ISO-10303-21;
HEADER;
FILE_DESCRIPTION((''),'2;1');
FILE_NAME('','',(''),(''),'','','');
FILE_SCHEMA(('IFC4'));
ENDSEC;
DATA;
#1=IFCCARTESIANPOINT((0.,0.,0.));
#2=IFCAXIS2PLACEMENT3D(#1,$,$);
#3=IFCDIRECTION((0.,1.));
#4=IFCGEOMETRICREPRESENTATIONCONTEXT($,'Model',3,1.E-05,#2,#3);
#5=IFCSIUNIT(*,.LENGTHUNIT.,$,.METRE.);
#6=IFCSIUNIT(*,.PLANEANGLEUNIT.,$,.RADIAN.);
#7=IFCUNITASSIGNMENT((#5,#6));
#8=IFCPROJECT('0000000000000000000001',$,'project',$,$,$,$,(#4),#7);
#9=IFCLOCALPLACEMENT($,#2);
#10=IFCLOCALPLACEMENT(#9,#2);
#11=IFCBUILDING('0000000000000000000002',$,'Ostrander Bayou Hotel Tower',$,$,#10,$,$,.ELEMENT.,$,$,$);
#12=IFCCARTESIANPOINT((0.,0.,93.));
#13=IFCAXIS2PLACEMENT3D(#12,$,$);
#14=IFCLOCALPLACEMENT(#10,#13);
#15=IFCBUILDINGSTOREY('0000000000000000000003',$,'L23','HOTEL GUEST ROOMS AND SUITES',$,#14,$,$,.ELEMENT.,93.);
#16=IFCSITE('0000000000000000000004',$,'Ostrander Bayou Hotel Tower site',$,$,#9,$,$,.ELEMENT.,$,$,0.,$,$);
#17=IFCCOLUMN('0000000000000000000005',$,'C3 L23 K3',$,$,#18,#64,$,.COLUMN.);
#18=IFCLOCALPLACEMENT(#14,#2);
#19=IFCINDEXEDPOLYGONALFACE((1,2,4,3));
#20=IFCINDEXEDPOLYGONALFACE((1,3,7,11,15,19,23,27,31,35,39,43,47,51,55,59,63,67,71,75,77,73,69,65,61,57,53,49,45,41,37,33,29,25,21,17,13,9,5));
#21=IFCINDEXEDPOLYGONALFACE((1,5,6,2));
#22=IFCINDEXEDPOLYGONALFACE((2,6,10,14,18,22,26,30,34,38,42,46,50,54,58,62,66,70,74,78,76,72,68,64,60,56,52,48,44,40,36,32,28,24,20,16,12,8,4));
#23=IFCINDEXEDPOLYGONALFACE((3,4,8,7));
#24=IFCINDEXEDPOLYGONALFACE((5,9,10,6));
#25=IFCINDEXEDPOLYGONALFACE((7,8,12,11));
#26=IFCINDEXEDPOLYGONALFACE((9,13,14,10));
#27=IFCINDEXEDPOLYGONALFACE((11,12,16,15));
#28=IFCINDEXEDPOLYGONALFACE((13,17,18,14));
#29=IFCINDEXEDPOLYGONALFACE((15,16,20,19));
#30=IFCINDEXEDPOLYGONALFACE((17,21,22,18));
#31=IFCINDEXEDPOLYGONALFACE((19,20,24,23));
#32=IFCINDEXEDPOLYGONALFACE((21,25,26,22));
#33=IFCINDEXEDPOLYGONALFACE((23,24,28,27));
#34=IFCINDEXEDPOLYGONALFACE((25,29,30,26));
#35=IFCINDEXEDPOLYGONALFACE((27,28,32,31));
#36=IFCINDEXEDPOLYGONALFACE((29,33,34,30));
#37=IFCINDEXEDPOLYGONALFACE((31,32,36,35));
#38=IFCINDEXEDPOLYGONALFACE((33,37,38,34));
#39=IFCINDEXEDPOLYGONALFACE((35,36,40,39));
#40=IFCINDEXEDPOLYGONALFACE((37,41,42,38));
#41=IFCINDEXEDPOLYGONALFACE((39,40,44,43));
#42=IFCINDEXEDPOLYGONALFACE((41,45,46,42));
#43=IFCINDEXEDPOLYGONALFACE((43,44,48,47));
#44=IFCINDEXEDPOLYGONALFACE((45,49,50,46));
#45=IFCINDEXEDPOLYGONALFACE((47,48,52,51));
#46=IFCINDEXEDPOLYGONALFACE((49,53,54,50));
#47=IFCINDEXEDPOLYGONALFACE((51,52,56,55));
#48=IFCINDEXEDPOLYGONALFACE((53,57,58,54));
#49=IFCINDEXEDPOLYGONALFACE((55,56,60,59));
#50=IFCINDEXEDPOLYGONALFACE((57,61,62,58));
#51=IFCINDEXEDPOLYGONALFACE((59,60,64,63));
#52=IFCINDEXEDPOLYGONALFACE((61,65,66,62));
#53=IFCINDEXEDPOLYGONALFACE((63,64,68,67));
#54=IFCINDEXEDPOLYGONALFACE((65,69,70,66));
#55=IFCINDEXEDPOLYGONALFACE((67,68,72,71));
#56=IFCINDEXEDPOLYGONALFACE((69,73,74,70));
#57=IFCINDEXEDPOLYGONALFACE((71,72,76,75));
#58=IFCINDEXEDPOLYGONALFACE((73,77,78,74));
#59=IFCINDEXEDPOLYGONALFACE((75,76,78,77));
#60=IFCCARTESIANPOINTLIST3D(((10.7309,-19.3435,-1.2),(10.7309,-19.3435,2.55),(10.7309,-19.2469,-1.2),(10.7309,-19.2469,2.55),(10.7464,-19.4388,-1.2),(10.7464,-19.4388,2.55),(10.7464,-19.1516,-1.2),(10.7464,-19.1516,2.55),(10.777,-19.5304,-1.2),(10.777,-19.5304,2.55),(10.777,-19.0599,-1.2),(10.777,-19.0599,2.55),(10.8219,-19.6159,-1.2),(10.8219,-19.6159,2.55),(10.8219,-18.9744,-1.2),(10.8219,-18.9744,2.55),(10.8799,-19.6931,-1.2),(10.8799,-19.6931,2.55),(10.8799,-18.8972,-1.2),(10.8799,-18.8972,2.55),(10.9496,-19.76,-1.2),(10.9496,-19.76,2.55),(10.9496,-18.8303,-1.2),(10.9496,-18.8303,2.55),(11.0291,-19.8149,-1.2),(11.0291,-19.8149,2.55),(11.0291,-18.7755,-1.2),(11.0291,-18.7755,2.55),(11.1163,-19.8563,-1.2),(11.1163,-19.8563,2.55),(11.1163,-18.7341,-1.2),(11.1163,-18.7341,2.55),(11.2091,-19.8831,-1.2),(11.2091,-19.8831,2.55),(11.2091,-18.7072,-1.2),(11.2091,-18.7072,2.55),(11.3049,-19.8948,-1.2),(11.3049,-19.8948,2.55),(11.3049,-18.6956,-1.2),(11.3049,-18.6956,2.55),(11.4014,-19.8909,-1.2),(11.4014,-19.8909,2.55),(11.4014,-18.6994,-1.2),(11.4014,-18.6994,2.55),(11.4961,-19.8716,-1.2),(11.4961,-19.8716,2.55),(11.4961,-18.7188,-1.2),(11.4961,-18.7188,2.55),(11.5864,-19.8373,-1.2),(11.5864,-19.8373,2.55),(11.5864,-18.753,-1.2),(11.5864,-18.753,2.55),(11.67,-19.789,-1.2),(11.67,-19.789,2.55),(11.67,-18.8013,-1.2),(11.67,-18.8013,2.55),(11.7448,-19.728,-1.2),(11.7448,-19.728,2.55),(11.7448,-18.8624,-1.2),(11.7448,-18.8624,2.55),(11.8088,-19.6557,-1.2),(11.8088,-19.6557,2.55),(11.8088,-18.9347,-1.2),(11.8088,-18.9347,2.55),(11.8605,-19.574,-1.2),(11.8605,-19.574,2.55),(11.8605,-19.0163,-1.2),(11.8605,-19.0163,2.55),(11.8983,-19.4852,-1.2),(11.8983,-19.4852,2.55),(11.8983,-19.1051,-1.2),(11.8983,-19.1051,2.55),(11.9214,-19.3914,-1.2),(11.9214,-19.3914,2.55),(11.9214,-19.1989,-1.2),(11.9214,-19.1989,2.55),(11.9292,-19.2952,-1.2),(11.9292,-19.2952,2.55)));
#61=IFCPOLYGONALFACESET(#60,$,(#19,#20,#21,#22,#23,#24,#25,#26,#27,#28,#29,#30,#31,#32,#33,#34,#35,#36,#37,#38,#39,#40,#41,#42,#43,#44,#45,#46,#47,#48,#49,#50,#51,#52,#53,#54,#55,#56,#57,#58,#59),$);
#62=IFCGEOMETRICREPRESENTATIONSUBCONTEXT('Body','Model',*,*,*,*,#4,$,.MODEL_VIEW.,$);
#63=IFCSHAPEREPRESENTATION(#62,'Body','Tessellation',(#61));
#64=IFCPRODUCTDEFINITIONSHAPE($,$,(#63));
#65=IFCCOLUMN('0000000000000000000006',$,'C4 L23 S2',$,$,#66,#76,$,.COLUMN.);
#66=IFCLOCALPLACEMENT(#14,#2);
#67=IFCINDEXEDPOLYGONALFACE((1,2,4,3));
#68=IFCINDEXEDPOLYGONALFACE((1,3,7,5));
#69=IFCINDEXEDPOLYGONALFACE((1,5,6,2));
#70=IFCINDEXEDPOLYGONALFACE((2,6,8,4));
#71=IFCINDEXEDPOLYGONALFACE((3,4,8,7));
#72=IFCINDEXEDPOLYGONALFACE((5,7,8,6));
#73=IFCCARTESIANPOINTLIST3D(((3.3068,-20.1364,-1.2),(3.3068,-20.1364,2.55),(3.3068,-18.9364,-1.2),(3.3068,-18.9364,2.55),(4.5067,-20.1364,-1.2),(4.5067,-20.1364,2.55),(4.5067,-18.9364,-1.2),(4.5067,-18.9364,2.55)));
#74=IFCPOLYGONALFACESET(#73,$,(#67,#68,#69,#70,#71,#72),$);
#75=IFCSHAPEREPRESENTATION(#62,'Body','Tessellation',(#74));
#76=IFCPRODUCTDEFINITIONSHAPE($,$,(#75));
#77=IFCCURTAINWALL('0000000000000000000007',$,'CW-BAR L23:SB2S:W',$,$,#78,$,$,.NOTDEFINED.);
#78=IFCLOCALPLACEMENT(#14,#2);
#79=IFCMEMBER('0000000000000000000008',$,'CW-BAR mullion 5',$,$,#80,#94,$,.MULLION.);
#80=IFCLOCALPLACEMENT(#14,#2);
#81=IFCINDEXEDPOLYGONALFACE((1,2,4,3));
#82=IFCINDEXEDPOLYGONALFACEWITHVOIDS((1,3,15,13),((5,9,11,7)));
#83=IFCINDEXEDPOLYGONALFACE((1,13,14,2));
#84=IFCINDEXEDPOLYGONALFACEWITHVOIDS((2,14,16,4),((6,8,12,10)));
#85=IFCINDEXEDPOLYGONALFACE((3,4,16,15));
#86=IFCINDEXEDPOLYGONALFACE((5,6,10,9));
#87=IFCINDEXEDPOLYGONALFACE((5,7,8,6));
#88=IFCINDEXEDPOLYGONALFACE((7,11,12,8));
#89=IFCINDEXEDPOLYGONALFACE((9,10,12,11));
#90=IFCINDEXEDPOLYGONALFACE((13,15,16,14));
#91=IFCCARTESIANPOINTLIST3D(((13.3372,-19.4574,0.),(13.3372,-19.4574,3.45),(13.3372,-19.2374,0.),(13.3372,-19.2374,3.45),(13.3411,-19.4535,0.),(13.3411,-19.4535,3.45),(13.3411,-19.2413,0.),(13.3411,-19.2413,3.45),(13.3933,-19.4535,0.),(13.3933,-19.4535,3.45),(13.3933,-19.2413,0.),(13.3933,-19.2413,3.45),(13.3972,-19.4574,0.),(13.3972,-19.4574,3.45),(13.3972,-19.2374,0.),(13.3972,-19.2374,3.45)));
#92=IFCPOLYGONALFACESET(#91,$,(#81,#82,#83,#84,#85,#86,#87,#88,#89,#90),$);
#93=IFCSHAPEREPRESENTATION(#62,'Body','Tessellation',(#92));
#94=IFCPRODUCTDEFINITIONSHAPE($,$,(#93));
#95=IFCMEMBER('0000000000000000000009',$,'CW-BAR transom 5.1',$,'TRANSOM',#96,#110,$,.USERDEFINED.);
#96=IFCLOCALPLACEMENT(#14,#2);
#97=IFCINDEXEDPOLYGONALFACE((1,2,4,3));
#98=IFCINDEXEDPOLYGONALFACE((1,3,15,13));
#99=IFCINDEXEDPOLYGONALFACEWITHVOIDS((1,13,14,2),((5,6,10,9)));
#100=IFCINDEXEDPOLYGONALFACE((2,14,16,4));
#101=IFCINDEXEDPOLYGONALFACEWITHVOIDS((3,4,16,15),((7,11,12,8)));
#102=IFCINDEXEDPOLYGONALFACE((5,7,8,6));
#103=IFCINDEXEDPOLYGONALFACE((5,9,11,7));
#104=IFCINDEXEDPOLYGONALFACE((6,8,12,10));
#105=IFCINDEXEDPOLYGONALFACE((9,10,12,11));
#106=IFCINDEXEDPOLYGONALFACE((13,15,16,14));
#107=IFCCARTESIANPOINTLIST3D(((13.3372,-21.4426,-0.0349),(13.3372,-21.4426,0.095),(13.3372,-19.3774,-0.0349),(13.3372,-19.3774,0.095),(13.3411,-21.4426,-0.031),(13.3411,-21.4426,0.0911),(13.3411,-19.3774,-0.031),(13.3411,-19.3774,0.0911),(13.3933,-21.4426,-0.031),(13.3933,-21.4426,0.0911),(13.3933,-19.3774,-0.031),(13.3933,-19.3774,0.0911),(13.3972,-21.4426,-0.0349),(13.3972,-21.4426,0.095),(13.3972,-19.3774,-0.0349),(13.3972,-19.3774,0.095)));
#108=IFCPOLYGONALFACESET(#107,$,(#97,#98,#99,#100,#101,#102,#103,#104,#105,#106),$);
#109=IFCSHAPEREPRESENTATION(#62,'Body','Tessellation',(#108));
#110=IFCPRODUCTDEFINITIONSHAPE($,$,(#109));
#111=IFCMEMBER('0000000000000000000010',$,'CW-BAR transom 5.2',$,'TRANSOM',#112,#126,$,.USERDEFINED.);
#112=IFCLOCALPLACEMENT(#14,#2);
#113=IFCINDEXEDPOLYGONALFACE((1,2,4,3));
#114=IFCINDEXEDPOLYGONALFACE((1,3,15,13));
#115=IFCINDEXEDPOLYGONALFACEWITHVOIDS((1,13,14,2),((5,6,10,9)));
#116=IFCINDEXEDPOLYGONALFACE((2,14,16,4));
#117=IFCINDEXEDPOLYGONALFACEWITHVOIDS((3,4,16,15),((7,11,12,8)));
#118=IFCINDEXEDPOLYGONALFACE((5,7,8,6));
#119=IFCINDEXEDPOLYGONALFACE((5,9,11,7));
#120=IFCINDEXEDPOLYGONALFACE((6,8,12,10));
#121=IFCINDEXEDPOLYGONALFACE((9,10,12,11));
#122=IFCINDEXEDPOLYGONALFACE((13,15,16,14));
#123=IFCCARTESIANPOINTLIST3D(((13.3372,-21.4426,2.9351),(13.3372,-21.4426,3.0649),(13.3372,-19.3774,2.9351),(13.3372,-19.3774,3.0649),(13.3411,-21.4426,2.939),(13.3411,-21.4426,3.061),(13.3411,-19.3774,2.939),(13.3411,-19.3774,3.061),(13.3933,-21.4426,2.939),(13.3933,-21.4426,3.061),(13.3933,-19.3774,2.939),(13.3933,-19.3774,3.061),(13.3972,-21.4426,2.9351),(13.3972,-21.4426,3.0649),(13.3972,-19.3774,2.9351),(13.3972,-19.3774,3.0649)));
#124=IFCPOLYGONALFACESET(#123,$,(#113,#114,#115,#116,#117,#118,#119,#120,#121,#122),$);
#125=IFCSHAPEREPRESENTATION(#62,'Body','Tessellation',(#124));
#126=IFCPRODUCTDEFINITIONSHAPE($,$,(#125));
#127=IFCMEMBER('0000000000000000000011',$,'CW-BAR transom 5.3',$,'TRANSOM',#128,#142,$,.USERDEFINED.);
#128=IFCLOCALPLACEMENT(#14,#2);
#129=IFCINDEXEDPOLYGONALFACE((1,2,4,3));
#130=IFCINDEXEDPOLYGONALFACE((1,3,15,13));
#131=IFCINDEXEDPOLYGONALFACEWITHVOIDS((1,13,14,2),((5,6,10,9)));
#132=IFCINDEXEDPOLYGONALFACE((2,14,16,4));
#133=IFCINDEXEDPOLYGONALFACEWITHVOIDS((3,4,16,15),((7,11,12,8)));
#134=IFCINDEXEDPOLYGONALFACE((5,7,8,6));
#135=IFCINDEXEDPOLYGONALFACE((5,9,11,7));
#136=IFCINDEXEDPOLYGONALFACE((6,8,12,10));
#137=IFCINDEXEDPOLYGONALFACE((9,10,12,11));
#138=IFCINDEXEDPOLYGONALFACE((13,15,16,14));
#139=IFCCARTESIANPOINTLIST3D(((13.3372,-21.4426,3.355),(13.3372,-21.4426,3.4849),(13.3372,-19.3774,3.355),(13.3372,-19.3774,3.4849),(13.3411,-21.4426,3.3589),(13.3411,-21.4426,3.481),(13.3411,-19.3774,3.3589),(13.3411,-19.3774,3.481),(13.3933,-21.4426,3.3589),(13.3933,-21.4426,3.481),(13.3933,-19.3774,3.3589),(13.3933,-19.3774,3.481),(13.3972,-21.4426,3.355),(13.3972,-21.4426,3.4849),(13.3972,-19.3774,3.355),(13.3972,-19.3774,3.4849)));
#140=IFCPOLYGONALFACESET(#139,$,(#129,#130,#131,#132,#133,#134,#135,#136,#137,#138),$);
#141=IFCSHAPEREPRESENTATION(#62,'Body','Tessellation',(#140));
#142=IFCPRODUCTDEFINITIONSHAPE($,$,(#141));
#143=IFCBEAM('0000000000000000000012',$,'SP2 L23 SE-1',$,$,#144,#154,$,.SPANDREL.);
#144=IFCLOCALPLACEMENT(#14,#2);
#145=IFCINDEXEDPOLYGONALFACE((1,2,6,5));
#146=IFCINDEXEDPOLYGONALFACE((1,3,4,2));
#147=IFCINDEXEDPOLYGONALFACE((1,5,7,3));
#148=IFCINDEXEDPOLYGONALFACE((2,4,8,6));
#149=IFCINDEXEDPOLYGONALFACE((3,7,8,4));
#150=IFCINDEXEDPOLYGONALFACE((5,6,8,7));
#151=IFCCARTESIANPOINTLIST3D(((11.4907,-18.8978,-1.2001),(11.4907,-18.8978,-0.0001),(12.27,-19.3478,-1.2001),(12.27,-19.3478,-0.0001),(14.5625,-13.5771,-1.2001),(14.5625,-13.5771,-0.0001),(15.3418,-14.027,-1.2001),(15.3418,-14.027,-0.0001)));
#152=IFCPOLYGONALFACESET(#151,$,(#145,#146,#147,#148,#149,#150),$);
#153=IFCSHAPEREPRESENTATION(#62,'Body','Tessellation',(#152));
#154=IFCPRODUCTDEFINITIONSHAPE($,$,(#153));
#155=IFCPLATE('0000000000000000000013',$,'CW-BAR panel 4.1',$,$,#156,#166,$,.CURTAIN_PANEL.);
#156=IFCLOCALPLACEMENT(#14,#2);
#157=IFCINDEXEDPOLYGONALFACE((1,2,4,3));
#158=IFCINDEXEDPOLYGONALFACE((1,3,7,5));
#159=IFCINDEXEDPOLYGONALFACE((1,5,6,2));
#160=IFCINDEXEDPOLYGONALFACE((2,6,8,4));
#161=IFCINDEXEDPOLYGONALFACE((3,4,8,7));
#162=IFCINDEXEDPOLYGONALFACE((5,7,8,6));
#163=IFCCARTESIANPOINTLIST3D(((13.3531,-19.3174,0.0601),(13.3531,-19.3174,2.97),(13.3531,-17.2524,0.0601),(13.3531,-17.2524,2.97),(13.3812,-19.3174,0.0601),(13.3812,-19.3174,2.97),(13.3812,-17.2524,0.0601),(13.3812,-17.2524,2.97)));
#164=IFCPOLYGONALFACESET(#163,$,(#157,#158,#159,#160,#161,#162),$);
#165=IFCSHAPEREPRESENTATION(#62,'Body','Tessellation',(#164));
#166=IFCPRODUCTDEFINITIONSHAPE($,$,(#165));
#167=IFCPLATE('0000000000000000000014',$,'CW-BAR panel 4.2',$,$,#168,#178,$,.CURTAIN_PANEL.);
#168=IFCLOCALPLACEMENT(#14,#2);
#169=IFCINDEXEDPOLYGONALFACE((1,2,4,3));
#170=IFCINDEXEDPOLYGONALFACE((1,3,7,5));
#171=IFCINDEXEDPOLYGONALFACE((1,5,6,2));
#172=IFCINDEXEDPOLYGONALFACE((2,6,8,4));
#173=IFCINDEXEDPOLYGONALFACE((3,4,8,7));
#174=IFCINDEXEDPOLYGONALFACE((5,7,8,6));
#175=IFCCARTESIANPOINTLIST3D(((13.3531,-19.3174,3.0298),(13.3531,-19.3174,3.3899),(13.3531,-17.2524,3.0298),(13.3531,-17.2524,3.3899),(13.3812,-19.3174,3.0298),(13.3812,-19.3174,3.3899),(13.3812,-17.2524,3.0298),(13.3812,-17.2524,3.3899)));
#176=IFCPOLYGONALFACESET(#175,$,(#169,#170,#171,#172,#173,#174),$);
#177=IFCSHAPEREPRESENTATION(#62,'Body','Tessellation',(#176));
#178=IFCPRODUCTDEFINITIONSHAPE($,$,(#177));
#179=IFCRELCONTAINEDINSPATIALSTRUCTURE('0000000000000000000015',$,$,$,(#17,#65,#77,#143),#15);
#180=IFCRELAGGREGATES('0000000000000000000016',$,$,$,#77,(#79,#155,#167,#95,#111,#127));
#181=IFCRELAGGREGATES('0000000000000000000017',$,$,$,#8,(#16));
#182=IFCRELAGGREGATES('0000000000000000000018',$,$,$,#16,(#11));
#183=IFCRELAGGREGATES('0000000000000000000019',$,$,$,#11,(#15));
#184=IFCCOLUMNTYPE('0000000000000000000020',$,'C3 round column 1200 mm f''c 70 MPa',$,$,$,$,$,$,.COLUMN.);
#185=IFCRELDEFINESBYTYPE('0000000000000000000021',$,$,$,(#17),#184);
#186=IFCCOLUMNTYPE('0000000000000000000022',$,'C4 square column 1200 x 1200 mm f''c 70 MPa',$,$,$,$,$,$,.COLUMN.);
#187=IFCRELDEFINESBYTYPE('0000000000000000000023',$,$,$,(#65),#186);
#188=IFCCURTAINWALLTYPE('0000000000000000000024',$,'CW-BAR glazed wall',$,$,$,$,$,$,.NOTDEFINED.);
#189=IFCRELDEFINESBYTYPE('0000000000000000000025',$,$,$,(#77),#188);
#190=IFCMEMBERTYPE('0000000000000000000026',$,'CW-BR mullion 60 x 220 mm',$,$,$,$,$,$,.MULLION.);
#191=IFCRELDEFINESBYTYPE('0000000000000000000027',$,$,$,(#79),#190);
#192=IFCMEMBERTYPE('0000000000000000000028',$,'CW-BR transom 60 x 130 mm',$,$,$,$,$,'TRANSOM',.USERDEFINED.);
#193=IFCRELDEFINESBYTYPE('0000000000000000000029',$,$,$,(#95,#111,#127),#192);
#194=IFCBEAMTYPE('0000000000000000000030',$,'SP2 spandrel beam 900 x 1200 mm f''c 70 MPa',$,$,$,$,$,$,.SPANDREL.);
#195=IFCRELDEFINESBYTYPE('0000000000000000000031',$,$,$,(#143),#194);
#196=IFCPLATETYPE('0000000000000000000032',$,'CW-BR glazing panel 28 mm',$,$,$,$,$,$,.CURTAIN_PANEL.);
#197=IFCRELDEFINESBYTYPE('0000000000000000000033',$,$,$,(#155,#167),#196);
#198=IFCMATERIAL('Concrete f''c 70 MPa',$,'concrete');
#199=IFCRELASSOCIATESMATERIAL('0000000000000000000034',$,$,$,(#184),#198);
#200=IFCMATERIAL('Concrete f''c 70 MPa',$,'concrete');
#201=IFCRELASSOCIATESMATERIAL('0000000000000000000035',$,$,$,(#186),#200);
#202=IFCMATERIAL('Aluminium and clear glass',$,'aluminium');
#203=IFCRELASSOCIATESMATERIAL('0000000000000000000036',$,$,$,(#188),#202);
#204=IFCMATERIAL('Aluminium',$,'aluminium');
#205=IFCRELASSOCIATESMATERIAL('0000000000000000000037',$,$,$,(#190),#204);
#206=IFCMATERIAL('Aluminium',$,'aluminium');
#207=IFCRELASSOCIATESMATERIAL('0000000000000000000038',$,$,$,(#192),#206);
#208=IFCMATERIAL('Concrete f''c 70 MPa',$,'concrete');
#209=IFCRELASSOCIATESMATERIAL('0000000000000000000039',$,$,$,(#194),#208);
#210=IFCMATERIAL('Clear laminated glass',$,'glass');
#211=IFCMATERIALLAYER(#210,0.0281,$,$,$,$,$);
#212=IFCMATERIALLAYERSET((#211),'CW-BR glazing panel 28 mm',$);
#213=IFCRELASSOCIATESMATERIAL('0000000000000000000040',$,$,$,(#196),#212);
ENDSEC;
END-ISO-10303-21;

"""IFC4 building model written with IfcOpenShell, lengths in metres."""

from ifc_helpers import new_model, si_unit, direction, frame, origin, origin_2d, place, context, subcontext, project, spatial, rectangle, hollow_rectangle, circle, extrude, material, layer, layer_set, material_profile, profile_set, type_object, element, aggregate, save


model = new_model("IFC4")

# Units and contexts
model_context = context("Model", 3, precision=1e-05, world=origin(), true_north=direction((0.0, 1.0)))
body_context = subcontext(model_context, "Body", "Model", "MODEL_VIEW")
ifc_project = project(units=[si_unit("LENGTHUNIT", "METRE"), si_unit("PLANEANGLEUNIT", "RADIAN")], contexts=[model_context])

# Site, building, storey
site_placement = place(None, origin())
site = spatial("IfcSite", under=ifc_project, at=site_placement, Name="Ostrander Bayou Hotel Tower site", CompositionType="ELEMENT", RefElevation=0.0)
building_placement = place(site_placement, origin())
building = spatial("IfcBuilding", under=site, at=building_placement, Name="Ostrander Bayou Hotel Tower", CompositionType="ELEMENT")
storey_placement = place(building_placement, frame((0.0, 0.0, 93.0)))
storey = spatial("IfcBuildingStorey", under=building, at=storey_placement, Name="L23", Description="HOTEL GUEST ROOMS AND SUITES", CompositionType="ELEMENT", Elevation=93.0)

# Columns
ifc_material_1 = material(Name="Concrete f'c 70 MPa", Category="concrete")
ifc_material_profile_1 = material_profile(ifc_material_1, circle(Radius=0.6001, at=origin_2d()))
ifc_profile_set_1 = profile_set([ifc_material_profile_1], Name="Concrete f'c 70 MPa")
column_type_1 = type_object("IfcColumnType", Name="C3 round column 1200 mm f'c 70 MPa", PredefinedType="COLUMN", material=ifc_profile_set_1)
column_1_placement = place(storey_placement, frame((11.3291, -19.2952, -1.2), z_axis=(0.0, 0.0, 1.0), x_axis=(1.0, 0.0, 0.0)))
element("IfcColumn", 1, at=column_1_placement, inside=storey, type_object=column_type_1, Name="C3 L23 K3", PredefinedType="COLUMN", context=body_context, shape_type="SweptSolid", body=[
    extrude(circle(Radius=0.6001, at=origin_2d()), origin(), (0.0, 0.0, 1.0), 3.75),
])
ifc_material_2 = material(Name="Concrete f'c 70 MPa", Category="concrete")
ifc_material_profile_2 = material_profile(ifc_material_2, rectangle(XDim=1.2, YDim=1.2, at=origin_2d()))
ifc_profile_set_2 = profile_set([ifc_material_profile_2], Name="Concrete f'c 70 MPa")
column_type_2 = type_object("IfcColumnType", Name="C4 square column 1200 x 1200 mm f'c 70 MPa", PredefinedType="COLUMN", material=ifc_profile_set_2)
column_2_placement = place(storey_placement, frame((3.9067, -19.5364, -1.2), z_axis=(0.0, 0.0, 1.0), x_axis=(-1.0, 0.0, 0.0)))
element("IfcColumn", 2, at=column_2_placement, inside=storey, type_object=column_type_2, Name="C4 L23 S2", PredefinedType="COLUMN", context=body_context, shape_type="SweptSolid", body=[
    extrude(rectangle(XDim=1.2, YDim=1.2, at=origin_2d()), origin(), (0.0, 0.0, 1.0), 3.75),
])

# Curtain wall, members
ifc_material_3 = material(Name="Aluminium and clear glass", Category="aluminium")
curtain_wall_type = type_object("IfcCurtainWallType", Name="CW-BAR glazed wall", PredefinedType="NOTDEFINED", material=ifc_material_3)
curtain_wall_placement = place(storey_placement, origin())
curtain_wall = element("IfcCurtainWall", 3, at=curtain_wall_placement, inside=storey, type_object=curtain_wall_type, Name="CW-BAR L23:SB2S:W", PredefinedType="NOTDEFINED")
ifc_material_4 = material(Name="Aluminium", Category="aluminium")
ifc_material_profile_3 = material_profile(ifc_material_4, hollow_rectangle(XDim=0.0601, YDim=0.22, WallThickness=0.0039, at=origin_2d()))
ifc_profile_set_3 = profile_set([ifc_material_profile_3], Name="Aluminium")
member_type_1 = type_object("IfcMemberType", Name="CW-BR mullion 60 x 220 mm", PredefinedType="MULLION", material=ifc_profile_set_3)
member_1_placement = place(storey_placement, frame((13.3672, -19.3474, 0.0), z_axis=(0.0, 0.0, 1.0), x_axis=(1.0, 0.0, 0.0)))
member_1 = element("IfcMember", 4, at=member_1_placement, type_object=member_type_1, Name="CW-BAR mullion 5", PredefinedType="MULLION", context=body_context, shape_type="SweptSolid", body=[
    extrude(hollow_rectangle(XDim=0.0601, YDim=0.22, WallThickness=0.0039, at=origin_2d()), origin(), (0.0, 0.0, 1.0), 3.45),
])
ifc_material_5 = material(Name="Aluminium", Category="aluminium")
ifc_material_profile_4 = material_profile(ifc_material_5, hollow_rectangle(XDim=0.0601, YDim=0.1299, WallThickness=0.0039, at=origin_2d()))
ifc_profile_set_4 = profile_set([ifc_material_profile_4], Name="Aluminium")
member_type_2 = type_object("IfcMemberType", Name="CW-BR transom 60 x 130 mm", ElementType="TRANSOM", PredefinedType="USERDEFINED", material=ifc_profile_set_4)
member_2_placement = place(storey_placement, frame((13.3672, -19.3774, 0.03), z_axis=(0.0, -1.0, 0.0), x_axis=(1.0, 0.0, 0.0)))
member_2 = element("IfcMember", 5, at=member_2_placement, type_object=member_type_2, Name="CW-BAR transom 5.1", ObjectType="TRANSOM", PredefinedType="USERDEFINED", context=body_context, shape_type="SweptSolid", body=[
    extrude(hollow_rectangle(XDim=0.0601, YDim=0.1299, WallThickness=0.0039, at=origin_2d()), origin(), (0.0, 0.0, 1.0), 2.0652),
])
member_3_placement = place(storey_placement, frame((13.3672, -19.3774, 3.0), z_axis=(0.0, -1.0, 0.0), x_axis=(1.0, 0.0, 0.0)))
member_3 = element("IfcMember", 6, at=member_3_placement, type_object=member_type_2, Name="CW-BAR transom 5.2", ObjectType="TRANSOM", PredefinedType="USERDEFINED", context=body_context, shape_type="SweptSolid", body=[
    extrude(hollow_rectangle(XDim=0.0601, YDim=0.1299, WallThickness=0.0039, at=origin_2d()), origin(), (0.0, 0.0, 1.0), 2.0652),
])
member_4_placement = place(storey_placement, frame((13.3672, -19.3774, 3.4199), z_axis=(0.0, -1.0, 0.0), x_axis=(1.0, 0.0, 0.0)))
member_4 = element("IfcMember", 7, at=member_4_placement, type_object=member_type_2, Name="CW-BAR transom 5.3", ObjectType="TRANSOM", PredefinedType="USERDEFINED", context=body_context, shape_type="SweptSolid", body=[
    extrude(hollow_rectangle(XDim=0.0601, YDim=0.1299, WallThickness=0.0039, at=origin_2d()), origin(), (0.0, 0.0, 1.0), 2.0652),
])

# Beam
ifc_material_6 = material(Name="Concrete f'c 70 MPa", Category="concrete")
ifc_material_profile_5 = material_profile(ifc_material_6, rectangle(XDim=0.8999, YDim=1.2, at=origin_2d()))
ifc_profile_set_5 = profile_set([ifc_material_profile_5], Name="Concrete f'c 70 MPa")
beam_type = type_object("IfcBeamType", Name="SP2 spandrel beam 900 x 1200 mm f'c 70 MPa", PredefinedType="SPANDREL", material=ifc_profile_set_5)
beam_placement = place(storey_placement, frame((11.8804, -19.1228, -0.6001), z_axis=(0.499977, 0.866039, 0.0), x_axis=(-0.866039, 0.499977, 0.0)))
element("IfcBeam", 8, at=beam_placement, inside=storey, type_object=beam_type, Name="SP2 L23 SE-1", PredefinedType="SPANDREL", context=body_context, shape_type="SweptSolid", body=[
    extrude(rectangle(XDim=0.8999, YDim=1.2, at=origin_2d()), origin(), (0.0, 0.0, 1.0), 6.1438),
])

# Plates
ifc_material_7 = material(Name="Clear laminated glass", Category="glass")
ifc_layer_1 = layer(ifc_material_7, 0.0281)
ifc_layer_set_1 = layer_set([ifc_layer_1], Name="CW-BR glazing panel 28 mm")
plate_type = type_object("IfcPlateType", Name="CW-BR glazing panel 28 mm", PredefinedType="CURTAIN_PANEL", material=ifc_layer_set_1)
plate_1_placement = place(storey_placement, frame((13.3672, -18.2849, 0.0601), z_axis=(0.0, 0.0, 1.0), x_axis=(0.0, -1.0, 0.0)))
plate_1 = element("IfcPlate", 9, at=plate_1_placement, type_object=plate_type, Name="CW-BAR panel 4.1", PredefinedType="CURTAIN_PANEL", context=body_context, shape_type="SweptSolid", body=[
    extrude(rectangle(XDim=2.0649, YDim=0.0281, at=origin_2d()), origin(), (0.0, 0.0, 1.0), 2.9099),
])
plate_2_placement = place(storey_placement, frame((13.3672, -18.2849, 3.0298), z_axis=(0.0, 0.0, 1.0), x_axis=(0.0, -1.0, 0.0)))
plate_2 = element("IfcPlate", 10, at=plate_2_placement, type_object=plate_type, Name="CW-BAR panel 4.2", PredefinedType="CURTAIN_PANEL", context=body_context, shape_type="SweptSolid", body=[
    extrude(rectangle(XDim=2.0649, YDim=0.0281, at=origin_2d()), origin(), (0.0, 0.0, 1.0), 0.3601),
])
aggregate(curtain_wall, [member_1, plate_1, plate_2, member_2, member_3, member_4])

save(model, "model.ifc")
